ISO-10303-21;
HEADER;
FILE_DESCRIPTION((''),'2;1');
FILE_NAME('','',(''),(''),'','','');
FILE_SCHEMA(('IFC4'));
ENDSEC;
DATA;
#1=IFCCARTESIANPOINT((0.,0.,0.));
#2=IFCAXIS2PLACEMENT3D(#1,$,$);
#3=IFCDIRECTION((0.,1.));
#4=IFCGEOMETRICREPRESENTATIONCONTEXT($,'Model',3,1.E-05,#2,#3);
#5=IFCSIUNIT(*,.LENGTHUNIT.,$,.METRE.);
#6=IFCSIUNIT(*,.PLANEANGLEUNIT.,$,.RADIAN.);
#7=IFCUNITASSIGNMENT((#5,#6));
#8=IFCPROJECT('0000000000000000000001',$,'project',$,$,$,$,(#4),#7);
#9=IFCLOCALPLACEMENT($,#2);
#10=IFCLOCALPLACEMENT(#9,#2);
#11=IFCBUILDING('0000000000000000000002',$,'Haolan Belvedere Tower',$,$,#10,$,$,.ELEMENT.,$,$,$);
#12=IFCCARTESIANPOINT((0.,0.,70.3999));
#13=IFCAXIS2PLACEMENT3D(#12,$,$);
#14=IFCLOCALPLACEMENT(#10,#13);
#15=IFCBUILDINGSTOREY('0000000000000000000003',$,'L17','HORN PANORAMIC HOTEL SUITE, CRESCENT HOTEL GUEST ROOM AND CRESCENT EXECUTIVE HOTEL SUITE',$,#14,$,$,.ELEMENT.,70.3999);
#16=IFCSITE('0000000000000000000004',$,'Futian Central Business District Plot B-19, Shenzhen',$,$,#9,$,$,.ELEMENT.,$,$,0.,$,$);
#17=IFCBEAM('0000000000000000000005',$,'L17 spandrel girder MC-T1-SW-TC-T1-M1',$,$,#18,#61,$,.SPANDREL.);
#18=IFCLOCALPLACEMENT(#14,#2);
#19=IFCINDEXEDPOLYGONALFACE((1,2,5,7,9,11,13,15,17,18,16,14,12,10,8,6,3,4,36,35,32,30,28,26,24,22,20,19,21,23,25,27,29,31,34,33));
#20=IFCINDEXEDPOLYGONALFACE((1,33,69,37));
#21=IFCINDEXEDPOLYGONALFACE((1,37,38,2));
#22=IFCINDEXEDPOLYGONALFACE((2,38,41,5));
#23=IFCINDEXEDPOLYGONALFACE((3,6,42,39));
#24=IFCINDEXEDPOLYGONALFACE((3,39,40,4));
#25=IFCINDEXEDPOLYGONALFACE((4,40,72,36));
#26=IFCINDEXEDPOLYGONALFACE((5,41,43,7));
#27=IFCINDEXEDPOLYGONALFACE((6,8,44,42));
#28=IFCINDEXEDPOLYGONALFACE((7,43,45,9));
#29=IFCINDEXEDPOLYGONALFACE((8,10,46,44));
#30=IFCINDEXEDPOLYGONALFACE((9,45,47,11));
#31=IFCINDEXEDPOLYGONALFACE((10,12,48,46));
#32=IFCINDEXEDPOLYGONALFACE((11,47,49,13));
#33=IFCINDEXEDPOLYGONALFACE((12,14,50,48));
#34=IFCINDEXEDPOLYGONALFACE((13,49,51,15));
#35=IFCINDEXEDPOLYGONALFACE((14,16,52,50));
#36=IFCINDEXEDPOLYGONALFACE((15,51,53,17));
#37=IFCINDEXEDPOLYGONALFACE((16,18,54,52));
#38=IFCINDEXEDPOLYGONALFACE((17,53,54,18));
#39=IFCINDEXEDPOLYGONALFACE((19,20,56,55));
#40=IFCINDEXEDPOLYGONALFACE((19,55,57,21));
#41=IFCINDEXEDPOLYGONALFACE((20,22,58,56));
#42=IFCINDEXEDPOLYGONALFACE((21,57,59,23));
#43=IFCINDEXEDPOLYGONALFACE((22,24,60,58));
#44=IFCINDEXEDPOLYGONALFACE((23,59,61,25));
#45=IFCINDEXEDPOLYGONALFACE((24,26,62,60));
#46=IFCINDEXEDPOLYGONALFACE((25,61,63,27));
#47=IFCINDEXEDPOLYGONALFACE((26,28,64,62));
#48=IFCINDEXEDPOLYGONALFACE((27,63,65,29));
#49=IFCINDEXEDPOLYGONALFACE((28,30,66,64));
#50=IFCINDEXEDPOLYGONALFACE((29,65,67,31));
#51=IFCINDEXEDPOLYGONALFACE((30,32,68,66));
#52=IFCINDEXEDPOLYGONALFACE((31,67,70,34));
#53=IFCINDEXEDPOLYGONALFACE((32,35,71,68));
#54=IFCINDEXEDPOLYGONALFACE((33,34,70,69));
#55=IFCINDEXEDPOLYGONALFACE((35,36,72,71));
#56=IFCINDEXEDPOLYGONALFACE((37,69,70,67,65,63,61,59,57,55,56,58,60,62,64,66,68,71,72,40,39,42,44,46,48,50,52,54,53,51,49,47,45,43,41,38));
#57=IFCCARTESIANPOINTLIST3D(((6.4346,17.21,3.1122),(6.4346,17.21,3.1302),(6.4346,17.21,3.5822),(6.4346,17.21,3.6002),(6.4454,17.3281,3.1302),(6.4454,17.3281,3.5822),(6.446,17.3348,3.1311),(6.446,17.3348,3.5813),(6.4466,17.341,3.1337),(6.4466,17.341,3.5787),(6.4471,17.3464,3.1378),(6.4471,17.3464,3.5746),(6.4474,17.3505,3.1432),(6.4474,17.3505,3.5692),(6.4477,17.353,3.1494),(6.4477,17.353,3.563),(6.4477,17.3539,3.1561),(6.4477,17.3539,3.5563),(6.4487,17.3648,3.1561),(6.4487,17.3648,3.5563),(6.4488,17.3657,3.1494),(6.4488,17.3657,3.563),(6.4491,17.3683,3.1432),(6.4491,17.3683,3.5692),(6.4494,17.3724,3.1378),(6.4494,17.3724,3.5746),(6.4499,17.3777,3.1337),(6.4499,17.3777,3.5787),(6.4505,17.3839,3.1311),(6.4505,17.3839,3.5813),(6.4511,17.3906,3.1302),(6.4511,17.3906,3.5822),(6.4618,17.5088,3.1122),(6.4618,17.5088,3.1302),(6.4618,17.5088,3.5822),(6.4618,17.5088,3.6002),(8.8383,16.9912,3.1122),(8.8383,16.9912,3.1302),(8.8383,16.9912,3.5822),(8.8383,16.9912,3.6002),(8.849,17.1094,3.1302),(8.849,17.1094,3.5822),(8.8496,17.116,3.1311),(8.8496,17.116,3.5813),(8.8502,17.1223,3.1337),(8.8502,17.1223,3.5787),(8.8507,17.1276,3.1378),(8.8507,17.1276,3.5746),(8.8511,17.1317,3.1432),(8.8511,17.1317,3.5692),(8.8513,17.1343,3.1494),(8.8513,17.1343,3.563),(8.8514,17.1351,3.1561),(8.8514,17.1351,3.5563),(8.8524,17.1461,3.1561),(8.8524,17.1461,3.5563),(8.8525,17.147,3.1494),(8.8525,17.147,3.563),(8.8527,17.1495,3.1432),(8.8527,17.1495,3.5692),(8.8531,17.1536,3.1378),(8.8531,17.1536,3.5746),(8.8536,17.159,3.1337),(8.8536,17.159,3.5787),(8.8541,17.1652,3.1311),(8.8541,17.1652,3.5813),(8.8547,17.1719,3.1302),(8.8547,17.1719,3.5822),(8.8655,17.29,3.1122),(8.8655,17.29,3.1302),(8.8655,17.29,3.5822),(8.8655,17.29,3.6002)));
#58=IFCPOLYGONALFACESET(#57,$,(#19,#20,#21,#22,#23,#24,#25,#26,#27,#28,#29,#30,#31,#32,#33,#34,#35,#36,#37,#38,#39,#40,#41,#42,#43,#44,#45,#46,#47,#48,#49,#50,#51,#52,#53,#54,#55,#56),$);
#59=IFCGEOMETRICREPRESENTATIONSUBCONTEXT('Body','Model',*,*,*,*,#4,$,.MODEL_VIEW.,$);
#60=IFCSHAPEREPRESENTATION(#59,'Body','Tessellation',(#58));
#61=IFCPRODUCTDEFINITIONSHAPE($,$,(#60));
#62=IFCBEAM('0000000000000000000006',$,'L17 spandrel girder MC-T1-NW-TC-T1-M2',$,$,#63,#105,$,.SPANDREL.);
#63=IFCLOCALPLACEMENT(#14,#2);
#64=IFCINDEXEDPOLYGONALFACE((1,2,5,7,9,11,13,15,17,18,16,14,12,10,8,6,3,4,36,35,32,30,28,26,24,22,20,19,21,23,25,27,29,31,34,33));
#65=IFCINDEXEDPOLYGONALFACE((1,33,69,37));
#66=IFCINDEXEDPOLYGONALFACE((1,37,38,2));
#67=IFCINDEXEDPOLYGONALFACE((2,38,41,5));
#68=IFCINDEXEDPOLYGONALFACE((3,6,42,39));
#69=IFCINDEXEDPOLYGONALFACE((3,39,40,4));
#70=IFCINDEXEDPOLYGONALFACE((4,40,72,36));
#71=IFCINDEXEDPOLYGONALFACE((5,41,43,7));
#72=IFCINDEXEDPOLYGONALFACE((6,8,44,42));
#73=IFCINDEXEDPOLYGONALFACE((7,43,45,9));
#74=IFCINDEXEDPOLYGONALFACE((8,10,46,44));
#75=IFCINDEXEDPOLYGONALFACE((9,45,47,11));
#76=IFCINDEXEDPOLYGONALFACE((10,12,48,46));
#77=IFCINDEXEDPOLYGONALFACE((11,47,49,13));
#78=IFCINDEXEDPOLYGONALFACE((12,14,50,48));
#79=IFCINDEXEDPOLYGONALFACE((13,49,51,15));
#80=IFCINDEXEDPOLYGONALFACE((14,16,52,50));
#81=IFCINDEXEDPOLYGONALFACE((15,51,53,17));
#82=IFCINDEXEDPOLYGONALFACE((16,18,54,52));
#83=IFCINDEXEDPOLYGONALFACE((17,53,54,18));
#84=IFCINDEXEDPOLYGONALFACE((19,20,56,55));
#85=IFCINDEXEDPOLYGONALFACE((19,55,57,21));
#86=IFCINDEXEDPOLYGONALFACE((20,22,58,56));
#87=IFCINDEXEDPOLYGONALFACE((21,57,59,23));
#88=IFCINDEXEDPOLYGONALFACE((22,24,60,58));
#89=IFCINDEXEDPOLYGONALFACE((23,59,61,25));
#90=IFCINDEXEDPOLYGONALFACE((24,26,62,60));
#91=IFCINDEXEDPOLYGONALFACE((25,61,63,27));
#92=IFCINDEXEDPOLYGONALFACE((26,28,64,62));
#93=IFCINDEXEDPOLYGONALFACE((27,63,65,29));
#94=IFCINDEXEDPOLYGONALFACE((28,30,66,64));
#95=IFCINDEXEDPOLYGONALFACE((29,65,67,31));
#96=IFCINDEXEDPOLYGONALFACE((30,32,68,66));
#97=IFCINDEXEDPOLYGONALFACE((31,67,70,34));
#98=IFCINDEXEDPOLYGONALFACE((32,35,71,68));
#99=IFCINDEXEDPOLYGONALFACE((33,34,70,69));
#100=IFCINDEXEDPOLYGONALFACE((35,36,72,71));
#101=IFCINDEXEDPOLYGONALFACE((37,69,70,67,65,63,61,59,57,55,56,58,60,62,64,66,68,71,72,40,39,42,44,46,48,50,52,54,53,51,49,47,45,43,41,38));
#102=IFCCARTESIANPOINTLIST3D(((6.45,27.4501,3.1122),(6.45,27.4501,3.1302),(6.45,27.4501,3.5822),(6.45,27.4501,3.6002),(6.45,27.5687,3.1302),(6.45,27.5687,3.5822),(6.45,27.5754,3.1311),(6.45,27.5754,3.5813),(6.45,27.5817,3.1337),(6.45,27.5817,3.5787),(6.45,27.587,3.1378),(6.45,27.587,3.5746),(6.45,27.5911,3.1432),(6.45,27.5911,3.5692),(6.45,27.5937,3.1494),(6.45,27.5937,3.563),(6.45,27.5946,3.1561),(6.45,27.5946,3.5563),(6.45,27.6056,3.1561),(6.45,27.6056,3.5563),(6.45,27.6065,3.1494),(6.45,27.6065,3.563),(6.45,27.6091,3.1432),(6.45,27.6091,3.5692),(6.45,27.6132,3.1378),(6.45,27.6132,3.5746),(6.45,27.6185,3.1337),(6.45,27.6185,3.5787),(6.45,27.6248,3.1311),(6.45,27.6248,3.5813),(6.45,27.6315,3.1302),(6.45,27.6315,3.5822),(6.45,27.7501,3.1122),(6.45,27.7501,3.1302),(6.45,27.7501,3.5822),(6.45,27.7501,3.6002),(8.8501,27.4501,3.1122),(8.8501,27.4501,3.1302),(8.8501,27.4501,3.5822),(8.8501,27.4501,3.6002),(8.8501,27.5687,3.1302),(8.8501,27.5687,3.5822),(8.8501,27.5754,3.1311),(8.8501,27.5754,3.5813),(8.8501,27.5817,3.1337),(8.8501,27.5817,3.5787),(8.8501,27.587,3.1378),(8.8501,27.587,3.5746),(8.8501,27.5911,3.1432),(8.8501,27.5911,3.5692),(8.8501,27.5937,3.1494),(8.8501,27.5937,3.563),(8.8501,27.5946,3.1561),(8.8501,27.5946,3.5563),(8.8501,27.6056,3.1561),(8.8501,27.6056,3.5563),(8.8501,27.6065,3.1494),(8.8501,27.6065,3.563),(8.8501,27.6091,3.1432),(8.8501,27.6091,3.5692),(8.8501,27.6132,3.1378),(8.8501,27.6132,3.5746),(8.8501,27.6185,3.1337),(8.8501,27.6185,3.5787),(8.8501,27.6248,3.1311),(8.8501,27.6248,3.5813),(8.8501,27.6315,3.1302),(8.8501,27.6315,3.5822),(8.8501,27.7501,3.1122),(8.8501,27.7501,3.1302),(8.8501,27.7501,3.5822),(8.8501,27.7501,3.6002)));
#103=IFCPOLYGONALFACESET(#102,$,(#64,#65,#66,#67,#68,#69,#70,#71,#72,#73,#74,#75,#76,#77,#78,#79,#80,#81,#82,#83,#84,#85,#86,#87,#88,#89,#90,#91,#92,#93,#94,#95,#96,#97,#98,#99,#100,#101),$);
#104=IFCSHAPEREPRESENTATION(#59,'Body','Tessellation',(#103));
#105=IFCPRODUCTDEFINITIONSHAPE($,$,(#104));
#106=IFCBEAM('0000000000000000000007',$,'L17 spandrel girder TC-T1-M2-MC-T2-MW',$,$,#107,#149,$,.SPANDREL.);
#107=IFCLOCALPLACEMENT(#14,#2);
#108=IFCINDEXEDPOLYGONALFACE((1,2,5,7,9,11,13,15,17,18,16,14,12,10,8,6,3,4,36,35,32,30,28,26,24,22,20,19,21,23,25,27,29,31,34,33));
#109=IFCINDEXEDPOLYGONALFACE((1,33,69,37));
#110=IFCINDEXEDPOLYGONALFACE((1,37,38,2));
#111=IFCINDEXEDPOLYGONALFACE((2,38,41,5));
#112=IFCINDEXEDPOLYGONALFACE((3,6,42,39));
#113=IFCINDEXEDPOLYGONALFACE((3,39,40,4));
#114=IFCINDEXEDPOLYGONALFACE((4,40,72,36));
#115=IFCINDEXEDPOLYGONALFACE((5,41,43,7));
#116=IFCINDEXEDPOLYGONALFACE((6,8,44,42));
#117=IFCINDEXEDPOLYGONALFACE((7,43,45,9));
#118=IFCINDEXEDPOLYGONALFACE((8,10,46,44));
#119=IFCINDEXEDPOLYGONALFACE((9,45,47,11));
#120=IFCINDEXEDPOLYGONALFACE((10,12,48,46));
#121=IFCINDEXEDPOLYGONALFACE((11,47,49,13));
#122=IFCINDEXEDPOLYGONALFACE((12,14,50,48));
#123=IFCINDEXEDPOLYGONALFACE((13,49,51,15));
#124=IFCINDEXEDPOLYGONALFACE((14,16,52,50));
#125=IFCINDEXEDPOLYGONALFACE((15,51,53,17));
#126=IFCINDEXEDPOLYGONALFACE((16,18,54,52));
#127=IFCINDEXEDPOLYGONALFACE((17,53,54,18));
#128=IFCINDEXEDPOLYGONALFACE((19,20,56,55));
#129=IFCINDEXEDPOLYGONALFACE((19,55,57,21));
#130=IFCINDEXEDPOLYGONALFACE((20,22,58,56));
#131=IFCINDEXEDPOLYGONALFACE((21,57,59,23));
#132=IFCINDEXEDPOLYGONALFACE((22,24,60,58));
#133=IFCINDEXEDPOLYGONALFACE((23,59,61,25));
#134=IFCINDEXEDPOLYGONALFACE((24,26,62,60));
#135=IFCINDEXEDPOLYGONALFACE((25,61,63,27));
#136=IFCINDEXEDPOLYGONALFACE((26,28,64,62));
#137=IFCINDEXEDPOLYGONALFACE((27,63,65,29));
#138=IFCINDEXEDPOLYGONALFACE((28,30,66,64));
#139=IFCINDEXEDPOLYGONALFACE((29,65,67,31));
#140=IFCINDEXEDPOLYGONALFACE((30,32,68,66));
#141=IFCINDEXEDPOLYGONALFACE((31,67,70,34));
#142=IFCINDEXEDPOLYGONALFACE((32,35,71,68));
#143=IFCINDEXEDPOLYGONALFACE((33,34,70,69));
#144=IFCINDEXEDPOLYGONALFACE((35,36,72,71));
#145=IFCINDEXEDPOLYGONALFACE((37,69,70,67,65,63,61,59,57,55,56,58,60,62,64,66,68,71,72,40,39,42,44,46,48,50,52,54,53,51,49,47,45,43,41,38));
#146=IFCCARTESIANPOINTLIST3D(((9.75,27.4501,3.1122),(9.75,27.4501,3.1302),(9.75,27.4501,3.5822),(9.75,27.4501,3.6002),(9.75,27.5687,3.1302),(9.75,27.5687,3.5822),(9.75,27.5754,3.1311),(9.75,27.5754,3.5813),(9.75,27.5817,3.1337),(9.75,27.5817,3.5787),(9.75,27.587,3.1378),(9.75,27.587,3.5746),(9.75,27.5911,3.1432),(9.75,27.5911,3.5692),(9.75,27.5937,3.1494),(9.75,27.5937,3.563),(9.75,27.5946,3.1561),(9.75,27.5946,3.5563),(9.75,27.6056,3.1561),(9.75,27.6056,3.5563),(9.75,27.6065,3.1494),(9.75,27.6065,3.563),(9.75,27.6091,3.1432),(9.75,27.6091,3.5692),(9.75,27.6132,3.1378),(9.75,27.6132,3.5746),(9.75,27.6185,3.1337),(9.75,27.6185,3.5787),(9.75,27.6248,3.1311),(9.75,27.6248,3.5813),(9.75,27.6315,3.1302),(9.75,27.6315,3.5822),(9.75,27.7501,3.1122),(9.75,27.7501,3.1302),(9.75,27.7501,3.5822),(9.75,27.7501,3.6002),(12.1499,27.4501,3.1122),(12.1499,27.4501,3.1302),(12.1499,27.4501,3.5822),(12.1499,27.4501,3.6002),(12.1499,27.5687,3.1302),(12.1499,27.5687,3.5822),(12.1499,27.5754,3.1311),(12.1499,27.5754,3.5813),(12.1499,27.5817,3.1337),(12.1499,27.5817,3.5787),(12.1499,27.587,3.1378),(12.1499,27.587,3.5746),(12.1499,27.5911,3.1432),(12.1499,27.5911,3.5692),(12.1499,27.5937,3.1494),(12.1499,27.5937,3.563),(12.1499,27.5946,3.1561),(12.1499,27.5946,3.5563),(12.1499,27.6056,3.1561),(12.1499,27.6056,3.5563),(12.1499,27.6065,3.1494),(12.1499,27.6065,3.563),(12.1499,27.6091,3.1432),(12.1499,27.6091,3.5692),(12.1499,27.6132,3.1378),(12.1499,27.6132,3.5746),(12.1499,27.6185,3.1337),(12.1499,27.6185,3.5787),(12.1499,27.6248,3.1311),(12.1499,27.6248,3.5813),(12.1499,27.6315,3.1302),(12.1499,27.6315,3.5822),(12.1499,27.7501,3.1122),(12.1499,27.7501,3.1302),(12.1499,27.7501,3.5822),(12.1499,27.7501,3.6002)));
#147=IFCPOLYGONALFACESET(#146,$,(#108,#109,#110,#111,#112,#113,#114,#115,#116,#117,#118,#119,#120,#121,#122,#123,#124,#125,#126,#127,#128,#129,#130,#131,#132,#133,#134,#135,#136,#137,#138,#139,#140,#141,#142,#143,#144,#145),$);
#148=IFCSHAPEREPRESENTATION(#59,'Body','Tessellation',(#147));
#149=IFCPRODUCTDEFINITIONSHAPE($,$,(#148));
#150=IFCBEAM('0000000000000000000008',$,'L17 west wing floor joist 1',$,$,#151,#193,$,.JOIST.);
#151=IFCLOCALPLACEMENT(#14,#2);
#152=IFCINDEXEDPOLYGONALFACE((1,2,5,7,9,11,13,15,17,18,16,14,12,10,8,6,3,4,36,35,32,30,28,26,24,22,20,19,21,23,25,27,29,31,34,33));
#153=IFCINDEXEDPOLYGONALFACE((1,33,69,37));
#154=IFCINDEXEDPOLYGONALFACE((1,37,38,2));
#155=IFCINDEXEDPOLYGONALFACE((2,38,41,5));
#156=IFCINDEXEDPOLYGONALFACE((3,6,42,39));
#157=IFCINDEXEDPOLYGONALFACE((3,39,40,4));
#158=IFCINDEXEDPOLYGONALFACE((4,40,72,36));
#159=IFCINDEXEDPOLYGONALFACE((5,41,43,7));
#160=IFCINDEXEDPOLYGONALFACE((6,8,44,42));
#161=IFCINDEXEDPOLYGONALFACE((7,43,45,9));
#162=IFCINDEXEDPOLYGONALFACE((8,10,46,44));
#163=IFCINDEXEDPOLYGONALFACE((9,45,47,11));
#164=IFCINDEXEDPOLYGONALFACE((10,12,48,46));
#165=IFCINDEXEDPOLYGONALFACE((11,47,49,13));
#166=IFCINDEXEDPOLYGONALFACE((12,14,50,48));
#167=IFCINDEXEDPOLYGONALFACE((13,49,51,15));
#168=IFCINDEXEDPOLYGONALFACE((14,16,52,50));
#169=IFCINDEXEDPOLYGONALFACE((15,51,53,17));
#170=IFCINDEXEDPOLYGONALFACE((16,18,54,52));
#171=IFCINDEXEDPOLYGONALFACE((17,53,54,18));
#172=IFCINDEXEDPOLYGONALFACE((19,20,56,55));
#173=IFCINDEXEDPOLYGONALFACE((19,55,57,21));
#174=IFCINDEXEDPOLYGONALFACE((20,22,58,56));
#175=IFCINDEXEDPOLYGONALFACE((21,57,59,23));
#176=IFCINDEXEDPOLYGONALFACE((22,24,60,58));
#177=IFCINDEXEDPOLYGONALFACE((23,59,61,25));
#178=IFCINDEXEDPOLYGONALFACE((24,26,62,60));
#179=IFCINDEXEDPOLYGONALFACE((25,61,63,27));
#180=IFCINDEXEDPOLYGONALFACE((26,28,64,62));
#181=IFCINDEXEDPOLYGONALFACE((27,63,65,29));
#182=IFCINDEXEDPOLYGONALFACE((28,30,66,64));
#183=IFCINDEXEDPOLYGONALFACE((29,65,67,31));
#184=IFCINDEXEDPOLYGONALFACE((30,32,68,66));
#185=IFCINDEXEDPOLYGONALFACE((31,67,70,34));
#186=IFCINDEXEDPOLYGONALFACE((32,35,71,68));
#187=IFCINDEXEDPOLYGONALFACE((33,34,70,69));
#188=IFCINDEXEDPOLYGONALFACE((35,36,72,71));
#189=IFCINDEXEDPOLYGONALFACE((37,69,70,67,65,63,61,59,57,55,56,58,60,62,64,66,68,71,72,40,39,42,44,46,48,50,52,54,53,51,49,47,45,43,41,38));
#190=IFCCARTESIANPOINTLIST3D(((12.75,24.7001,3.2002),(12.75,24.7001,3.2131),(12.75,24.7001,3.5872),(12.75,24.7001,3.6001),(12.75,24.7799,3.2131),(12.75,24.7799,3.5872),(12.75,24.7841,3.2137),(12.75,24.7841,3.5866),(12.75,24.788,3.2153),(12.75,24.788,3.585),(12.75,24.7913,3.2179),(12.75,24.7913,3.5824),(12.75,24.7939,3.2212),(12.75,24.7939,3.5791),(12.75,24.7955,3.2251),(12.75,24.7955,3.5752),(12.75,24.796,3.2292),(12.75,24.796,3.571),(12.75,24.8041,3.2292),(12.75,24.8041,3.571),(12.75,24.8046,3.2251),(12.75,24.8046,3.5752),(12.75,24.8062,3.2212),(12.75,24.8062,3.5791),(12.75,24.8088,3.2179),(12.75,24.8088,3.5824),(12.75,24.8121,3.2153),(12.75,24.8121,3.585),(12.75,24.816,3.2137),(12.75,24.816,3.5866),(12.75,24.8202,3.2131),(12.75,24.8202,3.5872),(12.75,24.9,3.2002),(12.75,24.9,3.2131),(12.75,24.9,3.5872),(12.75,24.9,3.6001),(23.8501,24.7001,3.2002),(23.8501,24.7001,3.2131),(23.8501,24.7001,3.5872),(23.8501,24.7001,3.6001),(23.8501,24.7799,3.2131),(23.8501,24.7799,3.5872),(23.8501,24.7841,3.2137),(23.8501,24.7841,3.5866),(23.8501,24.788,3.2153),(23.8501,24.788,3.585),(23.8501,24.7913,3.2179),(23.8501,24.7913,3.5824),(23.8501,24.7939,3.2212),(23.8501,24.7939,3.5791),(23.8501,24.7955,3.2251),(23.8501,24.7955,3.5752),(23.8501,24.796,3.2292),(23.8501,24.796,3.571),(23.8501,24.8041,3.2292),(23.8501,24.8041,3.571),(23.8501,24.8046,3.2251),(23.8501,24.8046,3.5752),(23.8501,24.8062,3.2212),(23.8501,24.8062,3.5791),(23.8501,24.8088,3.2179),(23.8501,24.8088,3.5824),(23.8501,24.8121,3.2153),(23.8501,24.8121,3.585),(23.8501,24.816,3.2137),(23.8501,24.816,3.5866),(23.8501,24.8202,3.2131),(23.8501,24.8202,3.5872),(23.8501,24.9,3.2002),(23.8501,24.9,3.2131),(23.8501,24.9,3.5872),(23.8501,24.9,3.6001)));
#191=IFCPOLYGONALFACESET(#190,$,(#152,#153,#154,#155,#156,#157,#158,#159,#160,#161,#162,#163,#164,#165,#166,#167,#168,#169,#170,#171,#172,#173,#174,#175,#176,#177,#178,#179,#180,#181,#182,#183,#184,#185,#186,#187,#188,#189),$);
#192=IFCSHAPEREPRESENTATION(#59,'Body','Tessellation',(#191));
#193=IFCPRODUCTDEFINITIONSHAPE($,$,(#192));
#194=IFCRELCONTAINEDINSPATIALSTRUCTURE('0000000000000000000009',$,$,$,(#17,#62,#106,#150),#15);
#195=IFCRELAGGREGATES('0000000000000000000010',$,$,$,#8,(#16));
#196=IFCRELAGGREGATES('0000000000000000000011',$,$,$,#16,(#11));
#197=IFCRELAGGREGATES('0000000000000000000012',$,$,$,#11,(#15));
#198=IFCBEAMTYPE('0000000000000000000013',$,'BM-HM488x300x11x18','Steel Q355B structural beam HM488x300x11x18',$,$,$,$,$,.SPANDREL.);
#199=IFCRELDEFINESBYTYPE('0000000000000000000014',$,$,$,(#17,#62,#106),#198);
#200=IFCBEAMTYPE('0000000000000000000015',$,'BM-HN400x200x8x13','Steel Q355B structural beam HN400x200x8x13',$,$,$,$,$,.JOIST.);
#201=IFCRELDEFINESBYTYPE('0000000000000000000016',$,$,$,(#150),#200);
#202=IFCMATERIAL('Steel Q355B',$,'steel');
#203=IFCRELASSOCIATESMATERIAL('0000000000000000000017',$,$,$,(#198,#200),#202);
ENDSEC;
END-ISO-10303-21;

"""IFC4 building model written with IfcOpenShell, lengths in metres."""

from ifc_helpers import new_model, si_unit, direction, frame, origin, origin_2d, place, context, subcontext, project, spatial, i_section, extrude, material, material_profile, profile_set, type_object, element, save


model = new_model("IFC4")

# Units and contexts
model_context = context("Model", 3, precision=1e-05, world=origin(), true_north=direction((0.0, 1.0)))
body_context = subcontext(model_context, "Body", "Model", "MODEL_VIEW")
ifc_project = project(units=[si_unit("LENGTHUNIT", "METRE"), si_unit("PLANEANGLEUNIT", "RADIAN")], contexts=[model_context])

# Site, building, storey
site_placement = place(None, origin())
site = spatial("IfcSite", under=ifc_project, at=site_placement, Name="Futian Central Business District Plot B-19, Shenzhen", CompositionType="ELEMENT", RefElevation=0.0)
building_placement = place(site_placement, origin())
building = spatial("IfcBuilding", under=site, at=building_placement, Name="Haolan Belvedere Tower", CompositionType="ELEMENT")
storey_placement = place(building_placement, frame((0.0, 0.0, 70.3999)))
storey = spatial("IfcBuildingStorey", under=building, at=storey_placement, Name="L17", Description="HORN PANORAMIC HOTEL SUITE, CRESCENT HOTEL GUEST ROOM AND CRESCENT EXECUTIVE HOTEL SUITE", CompositionType="ELEMENT", Elevation=70.3999)

# Shared definitions
ifc_material_1 = material(Name="Steel Q355B", Category="steel")

# Beams
ifc_material_profile_1 = material_profile(ifc_material_1, i_section(OverallWidth=0.3, OverallDepth=0.488, WebThickness=0.011, FlangeThickness=0.0181, FilletRadius=0.0259, at=origin_2d()), Name="Steel Q355B")
ifc_profile_set_1 = profile_set([ifc_material_profile_1], Name="Steel Q355B")
beam_type_1 = type_object("IfcBeamType", Name="BM-HM488x300x11x18", Description="Steel Q355B structural beam HM488x300x11x18", PredefinedType="SPANDREL", material=ifc_profile_set_1)
beam_1_placement = place(storey_placement, frame((6.4482, 17.3594, 3.3562), z_axis=(0.995884, -0.090636, 0.0), x_axis=(0.090636, 0.995884, 0.0)))
element("IfcBeam", 1, at=beam_1_placement, inside=storey, type_object=beam_type_1, Name="L17 spandrel girder MC-T1-SW-TC-T1-M1", PredefinedType="SPANDREL", context=body_context, shape_type="SweptSolid", body=[
    extrude(i_section(OverallWidth=0.3, OverallDepth=0.488, WebThickness=0.011, FlangeThickness=0.0181, FilletRadius=0.0259, at=origin_2d()), origin(), (0.0, 0.0, 1.0), 2.4136),
])
beam_2_placement = place(storey_placement, frame((6.45, 27.6001, 3.3562), z_axis=(1.0, 0.0, 0.0), x_axis=(0.0, 1.0, 0.0)))
element("IfcBeam", 2, at=beam_2_placement, inside=storey, type_object=beam_type_1, Name="L17 spandrel girder MC-T1-NW-TC-T1-M2", PredefinedType="SPANDREL", context=body_context, shape_type="SweptSolid", body=[
    extrude(i_section(OverallWidth=0.3, OverallDepth=0.488, WebThickness=0.011, FlangeThickness=0.0181, FilletRadius=0.0259, at=origin_2d()), origin(), (0.0, 0.0, 1.0), 2.4001),
])
beam_3_placement = place(storey_placement, frame((9.75, 27.6001, 3.3562), z_axis=(1.0, 0.0, 0.0), x_axis=(0.0, 1.0, 0.0)))
element("IfcBeam", 3, at=beam_3_placement, inside=storey, type_object=beam_type_1, Name="L17 spandrel girder TC-T1-M2-MC-T2-MW", PredefinedType="SPANDREL", context=body_context, shape_type="SweptSolid", body=[
    extrude(i_section(OverallWidth=0.3, OverallDepth=0.488, WebThickness=0.011, FlangeThickness=0.0181, FilletRadius=0.0259, at=origin_2d()), origin(), (0.0, 0.0, 1.0), 2.3999),
])
ifc_material_profile_2 = material_profile(ifc_material_1, i_section(OverallWidth=0.2, OverallDepth=0.3999, WebThickness=0.0081, FlangeThickness=0.0129, FilletRadius=0.0161, at=origin_2d()), Name="Steel Q355B")
ifc_profile_set_2 = profile_set([ifc_material_profile_2], Name="Steel Q355B")
beam_type_2 = type_object("IfcBeamType", Name="BM-HN400x200x8x13", Description="Steel Q355B structural beam HN400x200x8x13", PredefinedType="JOIST", material=ifc_profile_set_2)
beam_4_placement = place(storey_placement, frame((12.75, 24.8, 3.4001), z_axis=(1.0, 0.0, 0.0), x_axis=(0.0, 1.0, 0.0)))
element("IfcBeam", 4, at=beam_4_placement, inside=storey, type_object=beam_type_2, Name="L17 west wing floor joist 1", PredefinedType="JOIST", context=body_context, shape_type="SweptSolid", body=[
    extrude(i_section(OverallWidth=0.2, OverallDepth=0.3999, WebThickness=0.0081, FlangeThickness=0.0129, FilletRadius=0.0161, at=origin_2d()), origin(), (0.0, 0.0, 1.0), 11.1001),
])

save(model, "model.ifc")
